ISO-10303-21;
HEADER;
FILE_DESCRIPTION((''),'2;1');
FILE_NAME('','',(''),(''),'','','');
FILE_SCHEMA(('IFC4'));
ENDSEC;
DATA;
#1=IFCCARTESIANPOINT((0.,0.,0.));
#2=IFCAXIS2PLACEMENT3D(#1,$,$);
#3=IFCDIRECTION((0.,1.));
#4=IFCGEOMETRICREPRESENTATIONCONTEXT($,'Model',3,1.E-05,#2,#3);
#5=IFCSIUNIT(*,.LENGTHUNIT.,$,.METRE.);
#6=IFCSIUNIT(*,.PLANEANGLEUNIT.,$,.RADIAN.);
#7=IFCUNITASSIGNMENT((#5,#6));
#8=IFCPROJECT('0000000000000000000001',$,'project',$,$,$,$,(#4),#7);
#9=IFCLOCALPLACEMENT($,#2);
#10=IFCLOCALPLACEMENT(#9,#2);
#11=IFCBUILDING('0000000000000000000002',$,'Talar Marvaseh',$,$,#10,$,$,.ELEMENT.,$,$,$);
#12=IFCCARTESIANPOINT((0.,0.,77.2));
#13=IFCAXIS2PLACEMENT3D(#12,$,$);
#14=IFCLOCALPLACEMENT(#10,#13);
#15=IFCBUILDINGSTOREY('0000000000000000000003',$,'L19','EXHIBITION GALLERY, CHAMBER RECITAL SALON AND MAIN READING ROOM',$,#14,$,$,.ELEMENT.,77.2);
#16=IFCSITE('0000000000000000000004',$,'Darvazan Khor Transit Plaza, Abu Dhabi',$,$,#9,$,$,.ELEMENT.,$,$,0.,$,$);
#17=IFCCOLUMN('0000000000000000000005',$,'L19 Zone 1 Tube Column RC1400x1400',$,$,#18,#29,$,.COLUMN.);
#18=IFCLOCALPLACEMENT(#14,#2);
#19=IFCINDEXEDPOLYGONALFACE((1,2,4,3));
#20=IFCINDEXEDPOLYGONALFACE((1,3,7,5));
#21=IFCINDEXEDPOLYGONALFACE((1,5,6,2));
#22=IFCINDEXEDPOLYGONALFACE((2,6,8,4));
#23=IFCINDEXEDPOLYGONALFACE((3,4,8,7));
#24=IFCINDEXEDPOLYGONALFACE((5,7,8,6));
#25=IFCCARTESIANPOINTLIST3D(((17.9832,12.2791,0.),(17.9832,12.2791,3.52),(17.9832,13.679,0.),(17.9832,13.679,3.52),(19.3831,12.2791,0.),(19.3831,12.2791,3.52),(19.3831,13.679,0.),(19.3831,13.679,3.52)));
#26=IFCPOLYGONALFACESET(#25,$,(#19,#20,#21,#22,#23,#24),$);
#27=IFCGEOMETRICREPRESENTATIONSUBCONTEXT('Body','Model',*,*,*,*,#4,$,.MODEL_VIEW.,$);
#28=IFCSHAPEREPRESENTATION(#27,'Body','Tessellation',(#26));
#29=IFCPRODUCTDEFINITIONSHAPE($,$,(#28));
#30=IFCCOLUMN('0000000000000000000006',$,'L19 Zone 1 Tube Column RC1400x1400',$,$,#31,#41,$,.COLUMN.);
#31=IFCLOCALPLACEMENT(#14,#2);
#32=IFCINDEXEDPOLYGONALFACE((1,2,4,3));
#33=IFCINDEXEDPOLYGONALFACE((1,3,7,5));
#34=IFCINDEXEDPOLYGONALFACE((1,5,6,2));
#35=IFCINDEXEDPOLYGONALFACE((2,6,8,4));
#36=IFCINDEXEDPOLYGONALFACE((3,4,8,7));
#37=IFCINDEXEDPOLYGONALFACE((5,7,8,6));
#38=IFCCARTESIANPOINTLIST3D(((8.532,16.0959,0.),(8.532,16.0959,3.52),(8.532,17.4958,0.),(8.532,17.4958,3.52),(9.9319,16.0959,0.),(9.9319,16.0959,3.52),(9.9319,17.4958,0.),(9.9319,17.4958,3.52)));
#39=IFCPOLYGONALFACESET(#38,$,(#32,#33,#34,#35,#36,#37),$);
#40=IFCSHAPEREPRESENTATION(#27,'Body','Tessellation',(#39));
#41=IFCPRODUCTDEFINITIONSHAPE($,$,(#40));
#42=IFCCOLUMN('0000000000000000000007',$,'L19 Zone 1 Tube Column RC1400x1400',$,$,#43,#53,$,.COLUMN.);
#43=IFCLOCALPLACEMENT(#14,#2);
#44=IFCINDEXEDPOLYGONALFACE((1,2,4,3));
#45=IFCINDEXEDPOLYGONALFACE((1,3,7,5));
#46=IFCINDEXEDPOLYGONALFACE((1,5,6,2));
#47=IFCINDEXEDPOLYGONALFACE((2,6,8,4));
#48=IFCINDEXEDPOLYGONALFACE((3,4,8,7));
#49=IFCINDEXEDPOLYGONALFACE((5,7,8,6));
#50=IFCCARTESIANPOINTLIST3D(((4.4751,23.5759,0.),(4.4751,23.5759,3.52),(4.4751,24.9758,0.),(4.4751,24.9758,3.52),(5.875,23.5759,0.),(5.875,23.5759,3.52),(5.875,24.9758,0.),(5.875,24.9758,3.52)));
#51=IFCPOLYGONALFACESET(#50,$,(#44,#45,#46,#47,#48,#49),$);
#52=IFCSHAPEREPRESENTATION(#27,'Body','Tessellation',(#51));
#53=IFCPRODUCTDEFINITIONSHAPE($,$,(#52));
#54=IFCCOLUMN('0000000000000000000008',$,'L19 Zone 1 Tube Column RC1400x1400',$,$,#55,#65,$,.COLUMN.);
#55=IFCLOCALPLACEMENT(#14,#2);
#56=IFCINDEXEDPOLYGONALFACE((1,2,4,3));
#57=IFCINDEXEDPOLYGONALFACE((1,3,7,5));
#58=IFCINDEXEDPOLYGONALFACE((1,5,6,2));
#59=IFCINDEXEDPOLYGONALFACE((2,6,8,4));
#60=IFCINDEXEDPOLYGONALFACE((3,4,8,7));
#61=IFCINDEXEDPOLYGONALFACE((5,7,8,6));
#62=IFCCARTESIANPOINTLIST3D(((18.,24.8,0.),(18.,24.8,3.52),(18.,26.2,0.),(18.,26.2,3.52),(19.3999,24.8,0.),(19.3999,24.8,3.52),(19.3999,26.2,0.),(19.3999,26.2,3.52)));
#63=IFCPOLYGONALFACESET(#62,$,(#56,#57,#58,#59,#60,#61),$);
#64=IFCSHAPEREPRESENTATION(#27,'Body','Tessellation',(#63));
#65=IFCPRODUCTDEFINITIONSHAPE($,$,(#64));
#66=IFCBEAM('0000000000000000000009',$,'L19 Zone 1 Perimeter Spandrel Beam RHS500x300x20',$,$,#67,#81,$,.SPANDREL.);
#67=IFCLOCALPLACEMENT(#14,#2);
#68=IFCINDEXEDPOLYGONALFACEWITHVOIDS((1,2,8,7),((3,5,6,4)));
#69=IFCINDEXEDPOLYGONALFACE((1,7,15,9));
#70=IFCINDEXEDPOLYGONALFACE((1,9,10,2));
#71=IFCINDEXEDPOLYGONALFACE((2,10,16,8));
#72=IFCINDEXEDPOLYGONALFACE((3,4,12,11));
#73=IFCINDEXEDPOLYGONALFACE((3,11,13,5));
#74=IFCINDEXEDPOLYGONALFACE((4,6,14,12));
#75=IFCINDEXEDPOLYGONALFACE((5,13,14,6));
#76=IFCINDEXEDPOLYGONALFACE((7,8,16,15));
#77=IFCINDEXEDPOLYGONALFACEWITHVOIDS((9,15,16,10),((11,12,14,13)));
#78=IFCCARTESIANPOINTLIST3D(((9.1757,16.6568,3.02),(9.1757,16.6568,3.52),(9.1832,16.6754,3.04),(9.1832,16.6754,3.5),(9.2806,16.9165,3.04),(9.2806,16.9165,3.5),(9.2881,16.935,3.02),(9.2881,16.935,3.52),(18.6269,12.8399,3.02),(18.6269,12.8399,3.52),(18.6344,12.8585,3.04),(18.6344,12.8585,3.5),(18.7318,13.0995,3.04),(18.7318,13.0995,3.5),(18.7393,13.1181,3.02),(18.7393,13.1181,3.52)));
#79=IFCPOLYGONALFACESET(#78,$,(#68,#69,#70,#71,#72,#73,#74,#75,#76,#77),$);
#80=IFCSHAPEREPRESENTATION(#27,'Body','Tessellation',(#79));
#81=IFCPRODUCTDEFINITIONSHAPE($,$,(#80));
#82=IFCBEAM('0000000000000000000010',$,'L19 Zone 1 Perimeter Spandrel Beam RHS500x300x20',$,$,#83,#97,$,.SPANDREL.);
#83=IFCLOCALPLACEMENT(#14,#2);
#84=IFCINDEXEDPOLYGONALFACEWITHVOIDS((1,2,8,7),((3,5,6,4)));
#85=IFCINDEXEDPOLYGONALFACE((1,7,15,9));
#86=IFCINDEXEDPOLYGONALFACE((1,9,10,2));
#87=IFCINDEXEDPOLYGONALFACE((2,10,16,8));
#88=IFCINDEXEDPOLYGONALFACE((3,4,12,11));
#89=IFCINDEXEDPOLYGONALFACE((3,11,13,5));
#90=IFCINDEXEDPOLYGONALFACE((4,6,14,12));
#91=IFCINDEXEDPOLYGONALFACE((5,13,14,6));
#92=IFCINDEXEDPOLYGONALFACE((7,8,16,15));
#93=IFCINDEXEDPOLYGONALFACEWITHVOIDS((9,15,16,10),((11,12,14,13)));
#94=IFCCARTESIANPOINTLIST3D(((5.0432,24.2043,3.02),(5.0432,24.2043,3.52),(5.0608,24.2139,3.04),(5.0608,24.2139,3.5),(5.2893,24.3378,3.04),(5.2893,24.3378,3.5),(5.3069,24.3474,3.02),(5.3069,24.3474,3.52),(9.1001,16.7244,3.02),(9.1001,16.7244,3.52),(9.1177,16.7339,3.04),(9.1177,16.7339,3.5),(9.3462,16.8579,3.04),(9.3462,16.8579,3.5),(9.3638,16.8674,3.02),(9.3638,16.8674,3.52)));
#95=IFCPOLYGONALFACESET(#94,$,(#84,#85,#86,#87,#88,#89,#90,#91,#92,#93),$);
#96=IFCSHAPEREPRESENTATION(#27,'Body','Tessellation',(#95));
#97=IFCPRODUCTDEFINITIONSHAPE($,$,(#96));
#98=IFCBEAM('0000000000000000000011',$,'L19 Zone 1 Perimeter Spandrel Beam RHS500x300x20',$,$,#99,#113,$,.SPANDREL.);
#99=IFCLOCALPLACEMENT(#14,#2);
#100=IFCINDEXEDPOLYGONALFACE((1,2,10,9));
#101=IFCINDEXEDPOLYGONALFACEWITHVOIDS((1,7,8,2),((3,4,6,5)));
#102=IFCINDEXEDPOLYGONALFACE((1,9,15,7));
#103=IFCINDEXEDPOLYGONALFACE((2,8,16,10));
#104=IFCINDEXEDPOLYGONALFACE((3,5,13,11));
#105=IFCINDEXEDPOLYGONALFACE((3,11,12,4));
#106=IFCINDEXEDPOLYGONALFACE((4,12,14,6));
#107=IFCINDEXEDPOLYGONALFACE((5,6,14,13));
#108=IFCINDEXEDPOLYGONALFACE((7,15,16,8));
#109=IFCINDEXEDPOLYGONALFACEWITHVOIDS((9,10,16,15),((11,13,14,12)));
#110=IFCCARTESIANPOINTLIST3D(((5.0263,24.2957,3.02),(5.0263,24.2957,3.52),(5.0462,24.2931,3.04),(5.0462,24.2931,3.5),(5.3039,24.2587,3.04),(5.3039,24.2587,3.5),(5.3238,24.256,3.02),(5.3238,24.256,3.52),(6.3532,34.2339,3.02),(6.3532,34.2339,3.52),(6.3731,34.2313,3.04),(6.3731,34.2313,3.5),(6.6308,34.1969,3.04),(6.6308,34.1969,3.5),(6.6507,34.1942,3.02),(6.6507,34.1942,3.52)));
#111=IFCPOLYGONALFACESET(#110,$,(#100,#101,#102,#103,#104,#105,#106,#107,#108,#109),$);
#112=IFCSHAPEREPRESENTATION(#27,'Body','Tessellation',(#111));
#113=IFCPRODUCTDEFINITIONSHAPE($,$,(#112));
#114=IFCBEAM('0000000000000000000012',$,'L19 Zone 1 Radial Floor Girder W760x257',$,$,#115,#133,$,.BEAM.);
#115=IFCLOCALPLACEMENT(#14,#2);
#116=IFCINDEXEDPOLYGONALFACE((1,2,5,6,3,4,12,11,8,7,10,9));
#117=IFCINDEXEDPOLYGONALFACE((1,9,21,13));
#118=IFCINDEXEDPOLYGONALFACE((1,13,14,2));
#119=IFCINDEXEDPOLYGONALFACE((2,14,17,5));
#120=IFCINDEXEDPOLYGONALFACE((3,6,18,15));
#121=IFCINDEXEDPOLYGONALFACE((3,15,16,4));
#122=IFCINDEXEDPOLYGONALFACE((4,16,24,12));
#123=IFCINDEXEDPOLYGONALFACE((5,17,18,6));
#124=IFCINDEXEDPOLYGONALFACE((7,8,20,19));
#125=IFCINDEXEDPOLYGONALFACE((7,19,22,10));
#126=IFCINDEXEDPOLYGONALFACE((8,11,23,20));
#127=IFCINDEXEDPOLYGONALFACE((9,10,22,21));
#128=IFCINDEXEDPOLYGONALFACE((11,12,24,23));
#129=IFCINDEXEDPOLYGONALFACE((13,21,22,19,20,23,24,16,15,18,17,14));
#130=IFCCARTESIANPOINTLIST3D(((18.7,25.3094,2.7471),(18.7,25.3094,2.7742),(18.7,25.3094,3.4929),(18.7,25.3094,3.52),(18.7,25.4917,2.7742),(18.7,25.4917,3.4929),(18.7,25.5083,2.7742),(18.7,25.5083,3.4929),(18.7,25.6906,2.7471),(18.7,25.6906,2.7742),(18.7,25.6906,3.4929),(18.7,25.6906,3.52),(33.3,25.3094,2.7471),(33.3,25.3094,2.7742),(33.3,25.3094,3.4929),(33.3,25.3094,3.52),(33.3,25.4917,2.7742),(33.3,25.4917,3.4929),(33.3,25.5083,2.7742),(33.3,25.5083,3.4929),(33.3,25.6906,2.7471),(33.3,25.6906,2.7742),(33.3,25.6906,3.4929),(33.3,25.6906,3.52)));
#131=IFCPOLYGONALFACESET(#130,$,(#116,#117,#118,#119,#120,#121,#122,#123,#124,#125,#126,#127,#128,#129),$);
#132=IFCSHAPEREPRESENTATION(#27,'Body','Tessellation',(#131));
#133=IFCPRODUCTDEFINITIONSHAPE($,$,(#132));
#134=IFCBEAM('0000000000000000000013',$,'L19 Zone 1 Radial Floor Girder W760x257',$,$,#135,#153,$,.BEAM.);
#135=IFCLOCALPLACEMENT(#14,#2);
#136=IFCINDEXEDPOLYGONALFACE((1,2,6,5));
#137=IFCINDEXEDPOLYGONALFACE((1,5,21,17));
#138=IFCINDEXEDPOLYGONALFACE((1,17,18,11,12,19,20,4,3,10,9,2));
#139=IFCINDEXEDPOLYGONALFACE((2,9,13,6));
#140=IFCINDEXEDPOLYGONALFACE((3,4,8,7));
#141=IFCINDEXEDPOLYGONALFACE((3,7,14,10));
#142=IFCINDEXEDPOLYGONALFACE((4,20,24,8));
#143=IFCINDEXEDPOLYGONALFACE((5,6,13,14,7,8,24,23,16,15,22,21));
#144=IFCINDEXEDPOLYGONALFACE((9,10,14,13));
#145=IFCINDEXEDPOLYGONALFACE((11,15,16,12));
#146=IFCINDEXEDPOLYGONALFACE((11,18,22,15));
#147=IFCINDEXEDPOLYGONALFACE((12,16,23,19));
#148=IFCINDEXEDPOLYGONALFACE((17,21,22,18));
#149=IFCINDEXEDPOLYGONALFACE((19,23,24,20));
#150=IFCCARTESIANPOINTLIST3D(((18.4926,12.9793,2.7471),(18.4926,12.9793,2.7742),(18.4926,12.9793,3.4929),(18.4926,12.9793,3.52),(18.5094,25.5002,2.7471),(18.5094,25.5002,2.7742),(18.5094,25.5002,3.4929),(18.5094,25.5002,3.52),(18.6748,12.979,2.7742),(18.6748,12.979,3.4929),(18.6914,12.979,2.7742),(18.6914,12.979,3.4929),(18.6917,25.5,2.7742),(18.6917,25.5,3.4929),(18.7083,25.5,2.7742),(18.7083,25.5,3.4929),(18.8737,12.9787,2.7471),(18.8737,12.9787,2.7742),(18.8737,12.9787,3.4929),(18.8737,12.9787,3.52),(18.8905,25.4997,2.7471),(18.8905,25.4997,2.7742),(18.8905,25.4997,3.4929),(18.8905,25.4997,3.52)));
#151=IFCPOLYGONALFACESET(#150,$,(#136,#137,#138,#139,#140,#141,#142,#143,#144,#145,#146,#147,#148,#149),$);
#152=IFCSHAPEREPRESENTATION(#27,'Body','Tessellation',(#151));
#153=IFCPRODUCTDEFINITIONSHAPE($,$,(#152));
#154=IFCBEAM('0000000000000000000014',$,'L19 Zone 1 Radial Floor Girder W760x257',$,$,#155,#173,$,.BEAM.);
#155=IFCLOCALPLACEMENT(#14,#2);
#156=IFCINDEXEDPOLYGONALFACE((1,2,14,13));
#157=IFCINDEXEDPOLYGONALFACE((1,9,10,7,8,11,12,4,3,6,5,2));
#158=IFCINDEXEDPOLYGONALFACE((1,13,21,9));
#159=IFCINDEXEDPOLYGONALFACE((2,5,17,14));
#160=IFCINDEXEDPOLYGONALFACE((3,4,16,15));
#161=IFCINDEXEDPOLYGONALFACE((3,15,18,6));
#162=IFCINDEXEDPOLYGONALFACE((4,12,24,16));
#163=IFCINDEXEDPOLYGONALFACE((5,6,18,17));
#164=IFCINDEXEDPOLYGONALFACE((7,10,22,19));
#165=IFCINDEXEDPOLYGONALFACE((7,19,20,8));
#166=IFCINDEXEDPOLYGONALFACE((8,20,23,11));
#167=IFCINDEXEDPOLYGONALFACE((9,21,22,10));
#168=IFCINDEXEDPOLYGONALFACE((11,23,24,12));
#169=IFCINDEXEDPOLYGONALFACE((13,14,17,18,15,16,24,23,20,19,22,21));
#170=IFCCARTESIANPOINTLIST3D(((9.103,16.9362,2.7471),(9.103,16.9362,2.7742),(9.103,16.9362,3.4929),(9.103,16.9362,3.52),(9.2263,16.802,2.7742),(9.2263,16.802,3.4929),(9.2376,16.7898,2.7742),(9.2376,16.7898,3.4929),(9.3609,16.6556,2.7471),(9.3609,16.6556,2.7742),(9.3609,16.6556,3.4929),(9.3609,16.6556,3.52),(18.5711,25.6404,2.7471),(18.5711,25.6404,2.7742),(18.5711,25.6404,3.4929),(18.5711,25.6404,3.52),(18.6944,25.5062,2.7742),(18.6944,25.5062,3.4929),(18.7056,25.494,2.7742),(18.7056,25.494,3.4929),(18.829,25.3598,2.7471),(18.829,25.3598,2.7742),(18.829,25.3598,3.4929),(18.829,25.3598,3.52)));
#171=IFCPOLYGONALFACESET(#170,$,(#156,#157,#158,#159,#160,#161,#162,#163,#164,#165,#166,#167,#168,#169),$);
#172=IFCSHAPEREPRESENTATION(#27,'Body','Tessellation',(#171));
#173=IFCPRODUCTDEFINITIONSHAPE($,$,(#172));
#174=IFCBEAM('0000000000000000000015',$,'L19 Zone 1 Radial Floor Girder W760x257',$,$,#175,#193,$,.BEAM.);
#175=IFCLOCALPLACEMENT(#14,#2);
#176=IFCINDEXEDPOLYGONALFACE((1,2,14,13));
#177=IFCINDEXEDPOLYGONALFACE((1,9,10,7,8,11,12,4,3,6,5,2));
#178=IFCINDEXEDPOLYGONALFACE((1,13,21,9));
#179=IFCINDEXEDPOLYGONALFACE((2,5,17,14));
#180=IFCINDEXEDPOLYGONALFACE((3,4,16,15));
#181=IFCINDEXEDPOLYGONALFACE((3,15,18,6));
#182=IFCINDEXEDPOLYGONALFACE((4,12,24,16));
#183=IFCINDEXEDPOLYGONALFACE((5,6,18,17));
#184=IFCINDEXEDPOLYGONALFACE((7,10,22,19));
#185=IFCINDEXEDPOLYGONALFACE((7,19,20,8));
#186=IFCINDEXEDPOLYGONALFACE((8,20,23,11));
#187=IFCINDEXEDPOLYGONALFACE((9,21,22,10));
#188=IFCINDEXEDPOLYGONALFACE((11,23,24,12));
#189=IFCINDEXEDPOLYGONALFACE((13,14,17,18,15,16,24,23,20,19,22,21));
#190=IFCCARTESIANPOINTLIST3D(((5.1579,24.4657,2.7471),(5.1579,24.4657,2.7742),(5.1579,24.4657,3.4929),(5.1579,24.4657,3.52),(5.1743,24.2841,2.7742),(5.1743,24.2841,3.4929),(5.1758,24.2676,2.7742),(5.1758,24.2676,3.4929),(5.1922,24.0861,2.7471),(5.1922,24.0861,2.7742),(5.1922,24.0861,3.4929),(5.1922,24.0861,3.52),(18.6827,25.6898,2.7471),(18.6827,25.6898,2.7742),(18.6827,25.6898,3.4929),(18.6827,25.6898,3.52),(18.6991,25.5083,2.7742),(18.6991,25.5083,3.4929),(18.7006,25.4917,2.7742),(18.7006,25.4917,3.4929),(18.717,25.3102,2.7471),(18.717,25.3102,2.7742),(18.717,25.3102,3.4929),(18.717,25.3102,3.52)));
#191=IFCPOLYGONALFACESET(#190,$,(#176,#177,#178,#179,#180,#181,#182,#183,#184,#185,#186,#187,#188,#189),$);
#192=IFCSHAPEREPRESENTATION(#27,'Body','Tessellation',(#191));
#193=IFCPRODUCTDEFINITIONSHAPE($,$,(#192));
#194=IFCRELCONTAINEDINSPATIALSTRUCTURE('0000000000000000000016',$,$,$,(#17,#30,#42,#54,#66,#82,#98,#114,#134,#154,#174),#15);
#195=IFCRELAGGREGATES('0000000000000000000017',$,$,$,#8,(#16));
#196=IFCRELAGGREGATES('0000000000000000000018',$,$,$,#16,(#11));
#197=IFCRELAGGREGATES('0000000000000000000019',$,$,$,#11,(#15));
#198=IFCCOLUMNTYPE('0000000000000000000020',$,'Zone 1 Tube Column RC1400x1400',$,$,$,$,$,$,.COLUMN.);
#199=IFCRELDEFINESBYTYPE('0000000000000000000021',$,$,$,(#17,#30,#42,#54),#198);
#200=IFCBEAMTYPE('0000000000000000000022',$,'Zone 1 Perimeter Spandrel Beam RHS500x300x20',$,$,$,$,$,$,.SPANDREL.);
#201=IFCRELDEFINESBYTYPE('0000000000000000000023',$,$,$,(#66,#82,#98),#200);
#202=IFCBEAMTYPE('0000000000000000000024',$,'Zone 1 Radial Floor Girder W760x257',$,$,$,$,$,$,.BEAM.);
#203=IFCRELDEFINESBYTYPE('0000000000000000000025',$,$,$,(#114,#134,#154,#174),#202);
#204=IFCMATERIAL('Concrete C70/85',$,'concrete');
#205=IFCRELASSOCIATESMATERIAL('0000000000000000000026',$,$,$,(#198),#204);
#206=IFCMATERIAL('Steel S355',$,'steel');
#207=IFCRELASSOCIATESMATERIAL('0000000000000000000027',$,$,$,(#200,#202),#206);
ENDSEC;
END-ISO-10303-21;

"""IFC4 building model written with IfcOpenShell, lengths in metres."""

from ifc_helpers import new_model, si_unit, direction, frame, origin, origin_2d, place, context, subcontext, project, spatial, rectangle, hollow_rectangle, i_section, extrude, material, material_profile, profile_set, type_object, element, save


model = new_model("IFC4")

# Units and contexts
model_context = context("Model", 3, precision=1e-05, world=origin(), true_north=direction((0.0, 1.0)))
body_context = subcontext(model_context, "Body", "Model", "MODEL_VIEW")
ifc_project = project(units=[si_unit("LENGTHUNIT", "METRE"), si_unit("PLANEANGLEUNIT", "RADIAN")], contexts=[model_context])

# Site, building, storey
site_placement = place(None, origin())
site = spatial("IfcSite", under=ifc_project, at=site_placement, Name="Darvazan Khor Transit Plaza, Abu Dhabi", CompositionType="ELEMENT", RefElevation=0.0)
building_placement = place(site_placement, origin())
building = spatial("IfcBuilding", under=site, at=building_placement, Name="Talar Marvaseh", CompositionType="ELEMENT")
storey_placement = place(building_placement, frame((0.0, 0.0, 77.2)))
storey = spatial("IfcBuildingStorey", under=building, at=storey_placement, Name="L19", Description="EXHIBITION GALLERY, CHAMBER RECITAL SALON AND MAIN READING ROOM", CompositionType="ELEMENT", Elevation=77.2)

# Columns
ifc_material_1 = material(Name="Concrete C70/85", Category="concrete")
ifc_material_profile_1 = material_profile(ifc_material_1, rectangle(XDim=1.3999, YDim=1.3999, at=origin_2d()), Name="RC1400x1400")
ifc_profile_set_1 = profile_set([ifc_material_profile_1], Name="Concrete C70/85")
column_type = type_object("IfcColumnType", Name="Zone 1 Tube Column RC1400x1400", PredefinedType="COLUMN", material=ifc_profile_set_1)
for number, where, z_axis, x_axis, name in (
    (1, (18.6831, 12.979, 0.0), (0.0, 0.0, 1.0), (1.0, 0.0, 0.0), "L19 Zone 1 Tube Column RC1400x1400"),
    (2, (9.2319, 16.7959, 0.0), (0.0, 0.0, 1.0), (1.0, 0.0, 0.0), "L19 Zone 1 Tube Column RC1400x1400"),
    (3, (5.175, 24.2759, 0.0), (0.0, 0.0, 1.0), (1.0, 0.0, 0.0), "L19 Zone 1 Tube Column RC1400x1400"),
    (4, (18.7, 25.5, 0.0), (0.0, 0.0, 1.0), (1.0, 0.0, 0.0), "L19 Zone 1 Tube Column RC1400x1400"),
):
    element("IfcColumn", number, at=place(storey_placement, frame(where, z_axis=z_axis, x_axis=x_axis)), inside=storey, type_object=column_type, Name=name, PredefinedType="COLUMN", context=body_context, shape_type="SweptSolid", body=[
        extrude(rectangle(XDim=1.3999, YDim=1.3999, at=origin_2d()), origin(), (0.0, 0.0, 1.0), 3.52),
    ])

# Beams
ifc_material_2 = material(Name="Steel S355", Category="steel")
ifc_material_profile_2 = material_profile(ifc_material_2, hollow_rectangle(XDim=0.3, YDim=0.5, WallThickness=0.02, at=origin_2d()), Name="RHS500x300x20")
ifc_profile_set_2 = profile_set([ifc_material_profile_2], Name="Steel S355")
beam_type_1 = type_object("IfcBeamType", Name="Zone 1 Perimeter Spandrel Beam RHS500x300x20", PredefinedType="SPANDREL", material=ifc_profile_set_2)
beam_1_placement = place(storey_placement, frame((18.6831, 12.979, 3.27), z_axis=(-0.927239, 0.374469, 0.0), x_axis=(-0.374469, -0.927239, 0.0)))
element("IfcBeam", 5, at=beam_1_placement, inside=storey, type_object=beam_type_1, Name="L19 Zone 1 Perimeter Spandrel Beam RHS500x300x20", PredefinedType="SPANDREL", context=body_context, shape_type="SweptSolid", body=[
    extrude(hollow_rectangle(XDim=0.3, YDim=0.5, WallThickness=0.02, at=origin_2d()), origin(), (0.0, 0.0, 1.0), 10.1929),
])
beam_2_placement = place(storey_placement, frame((9.2319, 16.7959, 3.27), z_axis=(-0.476758, 0.879035, 0.0), x_axis=(-0.879035, -0.476758, 0.0)))
element("IfcBeam", 6, at=beam_2_placement, inside=storey, type_object=beam_type_1, Name="L19 Zone 1 Perimeter Spandrel Beam RHS500x300x20", PredefinedType="SPANDREL", context=body_context, shape_type="SweptSolid", body=[
    extrude(hollow_rectangle(XDim=0.3, YDim=0.5, WallThickness=0.02, at=origin_2d()), origin(), (0.0, 0.0, 1.0), 8.5093),
])
beam_3_placement = place(storey_placement, frame((5.175, 24.2759, 3.27), z_axis=(0.132341, 0.991204, 0.0), x_axis=(-0.991204, 0.132341, 0.0)))
element("IfcBeam", 7, at=beam_3_placement, inside=storey, type_object=beam_type_1, Name="L19 Zone 1 Perimeter Spandrel Beam RHS500x300x20", PredefinedType="SPANDREL", context=body_context, shape_type="SweptSolid", body=[
    extrude(hollow_rectangle(XDim=0.3, YDim=0.5, WallThickness=0.02, at=origin_2d()), origin(), (0.0, 0.0, 1.0), 10.0264),
])
ifc_material_profile_3 = material_profile(ifc_material_2, i_section(OverallWidth=0.3811, OverallDepth=0.7729, WebThickness=0.0166, FlangeThickness=0.0271, at=origin_2d()), Name="W760x257")
ifc_profile_set_3 = profile_set([ifc_material_profile_3], Name="Steel S355")
beam_type_2 = type_object("IfcBeamType", Name="Zone 1 Radial Floor Girder W760x257", PredefinedType="BEAM", material=ifc_profile_set_3)
beam_4_placement = place(storey_placement, frame((18.7, 25.5, 3.1335), z_axis=(1.0, 0.0, 0.0), x_axis=(0.0, 1.0, 0.0)))
element("IfcBeam", 8, at=beam_4_placement, inside=storey, type_object=beam_type_2, Name="L19 Zone 1 Radial Floor Girder W760x257", PredefinedType="BEAM", context=body_context, shape_type="SweptSolid", body=[
    extrude(i_section(OverallWidth=0.3811, OverallDepth=0.7729, WebThickness=0.0166, FlangeThickness=0.0271, at=origin_2d()), origin(), (0.0, 0.0, 1.0), 14.6001),
])
beam_5_placement = place(storey_placement, frame((18.6831, 12.979, 3.1335), z_axis=(0.001345, 0.999999, 0.0), x_axis=(-0.999999, 0.001345, 0.0)))
element("IfcBeam", 9, at=beam_5_placement, inside=storey, type_object=beam_type_2, Name="L19 Zone 1 Radial Floor Girder W760x257", PredefinedType="BEAM", context=body_context, shape_type="SweptSolid", body=[
    extrude(i_section(OverallWidth=0.3811, OverallDepth=0.7729, WebThickness=0.0166, FlangeThickness=0.0271, at=origin_2d()), origin(), (0.0, 0.0, 1.0), 12.521),
])
beam_6_placement = place(storey_placement, frame((9.2319, 16.7959, 3.1335), z_axis=(0.736182, 0.676784, 0.0), x_axis=(-0.676784, 0.736182, 0.0)))
element("IfcBeam", 10, at=beam_6_placement, inside=storey, type_object=beam_type_2, Name="L19 Zone 1 Radial Floor Girder W760x257", PredefinedType="BEAM", context=body_context, shape_type="SweptSolid", body=[
    extrude(i_section(OverallWidth=0.3811, OverallDepth=0.7729, WebThickness=0.0166, FlangeThickness=0.0271, at=origin_2d()), origin(), (0.0, 0.0, 1.0), 12.8611),
])
beam_7_placement = place(storey_placement, frame((5.175, 24.2759, 3.1335), z_axis=(0.995929, 0.09014, 0.0), x_axis=(-0.09014, 0.995929, 0.0)))
element("IfcBeam", 11, at=beam_7_placement, inside=storey, type_object=beam_type_2, Name="L19 Zone 1 Radial Floor Girder W760x257", PredefinedType="BEAM", context=body_context, shape_type="SweptSolid", body=[
    extrude(i_section(OverallWidth=0.3811, OverallDepth=0.7729, WebThickness=0.0166, FlangeThickness=0.0271, at=origin_2d()), origin(), (0.0, 0.0, 1.0), 13.5801),
])

save(model, "model.ifc")
